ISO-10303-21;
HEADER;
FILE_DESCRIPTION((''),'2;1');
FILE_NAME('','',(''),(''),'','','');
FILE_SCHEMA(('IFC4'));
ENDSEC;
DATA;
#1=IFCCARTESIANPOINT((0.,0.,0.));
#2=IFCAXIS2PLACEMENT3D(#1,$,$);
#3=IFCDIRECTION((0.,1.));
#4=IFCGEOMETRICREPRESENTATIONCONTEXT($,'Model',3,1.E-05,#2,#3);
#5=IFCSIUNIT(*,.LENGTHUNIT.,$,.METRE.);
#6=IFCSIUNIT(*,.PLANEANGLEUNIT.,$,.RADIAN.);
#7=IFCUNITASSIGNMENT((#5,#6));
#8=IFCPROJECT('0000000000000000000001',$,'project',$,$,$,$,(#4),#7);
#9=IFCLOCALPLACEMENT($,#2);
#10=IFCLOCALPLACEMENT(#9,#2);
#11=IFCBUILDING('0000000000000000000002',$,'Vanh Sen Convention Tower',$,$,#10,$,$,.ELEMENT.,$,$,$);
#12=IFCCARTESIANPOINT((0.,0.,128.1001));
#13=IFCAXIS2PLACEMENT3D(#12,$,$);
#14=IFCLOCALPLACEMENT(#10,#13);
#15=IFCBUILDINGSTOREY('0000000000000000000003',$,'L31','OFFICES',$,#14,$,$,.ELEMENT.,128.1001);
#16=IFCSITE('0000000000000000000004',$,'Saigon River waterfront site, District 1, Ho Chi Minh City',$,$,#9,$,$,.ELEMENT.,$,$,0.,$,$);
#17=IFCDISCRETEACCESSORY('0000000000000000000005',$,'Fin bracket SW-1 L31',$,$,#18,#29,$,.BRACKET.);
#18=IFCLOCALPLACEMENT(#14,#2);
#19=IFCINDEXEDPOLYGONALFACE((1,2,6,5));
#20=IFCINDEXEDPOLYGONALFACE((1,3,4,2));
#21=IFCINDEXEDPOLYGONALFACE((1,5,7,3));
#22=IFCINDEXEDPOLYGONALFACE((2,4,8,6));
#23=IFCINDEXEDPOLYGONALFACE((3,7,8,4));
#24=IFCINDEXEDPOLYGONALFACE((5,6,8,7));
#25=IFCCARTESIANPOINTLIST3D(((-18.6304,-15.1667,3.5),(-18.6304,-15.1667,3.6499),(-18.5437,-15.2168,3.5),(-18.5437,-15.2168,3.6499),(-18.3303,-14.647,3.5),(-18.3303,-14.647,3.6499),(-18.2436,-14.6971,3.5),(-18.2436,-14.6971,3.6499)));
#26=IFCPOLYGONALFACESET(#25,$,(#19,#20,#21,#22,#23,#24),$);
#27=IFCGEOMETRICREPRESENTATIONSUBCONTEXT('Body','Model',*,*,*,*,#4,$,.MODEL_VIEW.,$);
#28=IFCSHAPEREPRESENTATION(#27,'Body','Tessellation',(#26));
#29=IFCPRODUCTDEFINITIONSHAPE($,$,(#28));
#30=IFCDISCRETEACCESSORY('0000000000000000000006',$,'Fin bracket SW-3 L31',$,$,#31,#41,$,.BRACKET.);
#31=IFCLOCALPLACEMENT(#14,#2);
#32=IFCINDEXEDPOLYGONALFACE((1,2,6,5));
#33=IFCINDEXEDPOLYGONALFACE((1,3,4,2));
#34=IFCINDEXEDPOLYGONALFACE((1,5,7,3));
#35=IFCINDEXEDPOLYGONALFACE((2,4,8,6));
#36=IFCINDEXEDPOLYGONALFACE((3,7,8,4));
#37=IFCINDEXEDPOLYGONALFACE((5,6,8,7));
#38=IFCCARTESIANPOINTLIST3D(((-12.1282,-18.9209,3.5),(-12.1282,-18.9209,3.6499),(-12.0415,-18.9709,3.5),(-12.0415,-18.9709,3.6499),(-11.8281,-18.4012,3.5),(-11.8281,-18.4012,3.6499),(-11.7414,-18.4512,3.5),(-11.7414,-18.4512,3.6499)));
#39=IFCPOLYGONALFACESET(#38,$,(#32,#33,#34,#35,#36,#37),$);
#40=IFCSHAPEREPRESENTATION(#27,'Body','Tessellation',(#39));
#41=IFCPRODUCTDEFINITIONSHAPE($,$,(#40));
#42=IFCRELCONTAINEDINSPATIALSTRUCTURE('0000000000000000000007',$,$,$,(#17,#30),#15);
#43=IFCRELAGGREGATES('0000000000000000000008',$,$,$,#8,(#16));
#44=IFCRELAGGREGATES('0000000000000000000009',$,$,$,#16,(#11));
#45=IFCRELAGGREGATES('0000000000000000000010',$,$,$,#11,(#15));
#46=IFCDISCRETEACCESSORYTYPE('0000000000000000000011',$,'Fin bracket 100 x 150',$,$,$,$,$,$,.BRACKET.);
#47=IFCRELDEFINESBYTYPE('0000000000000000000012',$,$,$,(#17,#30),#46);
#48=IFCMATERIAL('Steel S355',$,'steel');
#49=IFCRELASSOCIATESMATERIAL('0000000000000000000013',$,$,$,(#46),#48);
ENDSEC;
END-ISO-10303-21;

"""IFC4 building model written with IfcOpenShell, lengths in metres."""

from ifc_helpers import new_model, si_unit, direction, frame, origin, origin_2d, place, context, subcontext, project, spatial, rectangle, extrude, material, type_object, element, save


model = new_model("IFC4")

# Units and contexts
model_context = context("Model", 3, precision=1e-05, world=origin(), true_north=direction((0.0, 1.0)))
body_context = subcontext(model_context, "Body", "Model", "MODEL_VIEW")
ifc_project = project(units=[si_unit("LENGTHUNIT", "METRE"), si_unit("PLANEANGLEUNIT", "RADIAN")], contexts=[model_context])

# Site, building, storey
site_placement = place(None, origin())
site = spatial("IfcSite", under=ifc_project, at=site_placement, Name="Saigon River waterfront site, District 1, Ho Chi Minh City", CompositionType="ELEMENT", RefElevation=0.0)
building_placement = place(site_placement, origin())
building = spatial("IfcBuilding", under=site, at=building_placement, Name="Vanh Sen Convention Tower", CompositionType="ELEMENT")
storey_placement = place(building_placement, frame((0.0, 0.0, 128.1001)))
storey = spatial("IfcBuildingStorey", under=building, at=storey_placement, Name="L31", Description="OFFICES", CompositionType="ELEMENT", Elevation=128.1001)

# Discrete accessories
ifc_material_1 = material(Name="Steel S355", Category="steel")
discrete_accessory_type = type_object("IfcDiscreteAccessoryType", Name="Fin bracket 100 x 150", PredefinedType="BRACKET", material=ifc_material_1)
for number, where, z_axis, x_axis, name in (
    (1, (-18.437, -14.9319, 3.5), (0.0, 0.0, 1.0), (-0.5, -0.866025, 0.0), "Fin bracket SW-1 L31"),
    (2, (-11.9348, -18.686, 3.5), (0.0, 0.0, 1.0), (-0.5, -0.866025, 0.0), "Fin bracket SW-3 L31"),
):
    element("IfcDiscreteAccessory", number, at=place(storey_placement, frame(where, z_axis=z_axis, x_axis=x_axis)), inside=storey, type_object=discrete_accessory_type, Name=name, PredefinedType="BRACKET", context=body_context, shape_type="SweptSolid", body=[
        extrude(rectangle(XDim=0.6001, YDim=0.1001, at=origin_2d()), origin(), (0.0, 0.0, 1.0), 0.1499),
    ])

save(model, "model.ifc")
